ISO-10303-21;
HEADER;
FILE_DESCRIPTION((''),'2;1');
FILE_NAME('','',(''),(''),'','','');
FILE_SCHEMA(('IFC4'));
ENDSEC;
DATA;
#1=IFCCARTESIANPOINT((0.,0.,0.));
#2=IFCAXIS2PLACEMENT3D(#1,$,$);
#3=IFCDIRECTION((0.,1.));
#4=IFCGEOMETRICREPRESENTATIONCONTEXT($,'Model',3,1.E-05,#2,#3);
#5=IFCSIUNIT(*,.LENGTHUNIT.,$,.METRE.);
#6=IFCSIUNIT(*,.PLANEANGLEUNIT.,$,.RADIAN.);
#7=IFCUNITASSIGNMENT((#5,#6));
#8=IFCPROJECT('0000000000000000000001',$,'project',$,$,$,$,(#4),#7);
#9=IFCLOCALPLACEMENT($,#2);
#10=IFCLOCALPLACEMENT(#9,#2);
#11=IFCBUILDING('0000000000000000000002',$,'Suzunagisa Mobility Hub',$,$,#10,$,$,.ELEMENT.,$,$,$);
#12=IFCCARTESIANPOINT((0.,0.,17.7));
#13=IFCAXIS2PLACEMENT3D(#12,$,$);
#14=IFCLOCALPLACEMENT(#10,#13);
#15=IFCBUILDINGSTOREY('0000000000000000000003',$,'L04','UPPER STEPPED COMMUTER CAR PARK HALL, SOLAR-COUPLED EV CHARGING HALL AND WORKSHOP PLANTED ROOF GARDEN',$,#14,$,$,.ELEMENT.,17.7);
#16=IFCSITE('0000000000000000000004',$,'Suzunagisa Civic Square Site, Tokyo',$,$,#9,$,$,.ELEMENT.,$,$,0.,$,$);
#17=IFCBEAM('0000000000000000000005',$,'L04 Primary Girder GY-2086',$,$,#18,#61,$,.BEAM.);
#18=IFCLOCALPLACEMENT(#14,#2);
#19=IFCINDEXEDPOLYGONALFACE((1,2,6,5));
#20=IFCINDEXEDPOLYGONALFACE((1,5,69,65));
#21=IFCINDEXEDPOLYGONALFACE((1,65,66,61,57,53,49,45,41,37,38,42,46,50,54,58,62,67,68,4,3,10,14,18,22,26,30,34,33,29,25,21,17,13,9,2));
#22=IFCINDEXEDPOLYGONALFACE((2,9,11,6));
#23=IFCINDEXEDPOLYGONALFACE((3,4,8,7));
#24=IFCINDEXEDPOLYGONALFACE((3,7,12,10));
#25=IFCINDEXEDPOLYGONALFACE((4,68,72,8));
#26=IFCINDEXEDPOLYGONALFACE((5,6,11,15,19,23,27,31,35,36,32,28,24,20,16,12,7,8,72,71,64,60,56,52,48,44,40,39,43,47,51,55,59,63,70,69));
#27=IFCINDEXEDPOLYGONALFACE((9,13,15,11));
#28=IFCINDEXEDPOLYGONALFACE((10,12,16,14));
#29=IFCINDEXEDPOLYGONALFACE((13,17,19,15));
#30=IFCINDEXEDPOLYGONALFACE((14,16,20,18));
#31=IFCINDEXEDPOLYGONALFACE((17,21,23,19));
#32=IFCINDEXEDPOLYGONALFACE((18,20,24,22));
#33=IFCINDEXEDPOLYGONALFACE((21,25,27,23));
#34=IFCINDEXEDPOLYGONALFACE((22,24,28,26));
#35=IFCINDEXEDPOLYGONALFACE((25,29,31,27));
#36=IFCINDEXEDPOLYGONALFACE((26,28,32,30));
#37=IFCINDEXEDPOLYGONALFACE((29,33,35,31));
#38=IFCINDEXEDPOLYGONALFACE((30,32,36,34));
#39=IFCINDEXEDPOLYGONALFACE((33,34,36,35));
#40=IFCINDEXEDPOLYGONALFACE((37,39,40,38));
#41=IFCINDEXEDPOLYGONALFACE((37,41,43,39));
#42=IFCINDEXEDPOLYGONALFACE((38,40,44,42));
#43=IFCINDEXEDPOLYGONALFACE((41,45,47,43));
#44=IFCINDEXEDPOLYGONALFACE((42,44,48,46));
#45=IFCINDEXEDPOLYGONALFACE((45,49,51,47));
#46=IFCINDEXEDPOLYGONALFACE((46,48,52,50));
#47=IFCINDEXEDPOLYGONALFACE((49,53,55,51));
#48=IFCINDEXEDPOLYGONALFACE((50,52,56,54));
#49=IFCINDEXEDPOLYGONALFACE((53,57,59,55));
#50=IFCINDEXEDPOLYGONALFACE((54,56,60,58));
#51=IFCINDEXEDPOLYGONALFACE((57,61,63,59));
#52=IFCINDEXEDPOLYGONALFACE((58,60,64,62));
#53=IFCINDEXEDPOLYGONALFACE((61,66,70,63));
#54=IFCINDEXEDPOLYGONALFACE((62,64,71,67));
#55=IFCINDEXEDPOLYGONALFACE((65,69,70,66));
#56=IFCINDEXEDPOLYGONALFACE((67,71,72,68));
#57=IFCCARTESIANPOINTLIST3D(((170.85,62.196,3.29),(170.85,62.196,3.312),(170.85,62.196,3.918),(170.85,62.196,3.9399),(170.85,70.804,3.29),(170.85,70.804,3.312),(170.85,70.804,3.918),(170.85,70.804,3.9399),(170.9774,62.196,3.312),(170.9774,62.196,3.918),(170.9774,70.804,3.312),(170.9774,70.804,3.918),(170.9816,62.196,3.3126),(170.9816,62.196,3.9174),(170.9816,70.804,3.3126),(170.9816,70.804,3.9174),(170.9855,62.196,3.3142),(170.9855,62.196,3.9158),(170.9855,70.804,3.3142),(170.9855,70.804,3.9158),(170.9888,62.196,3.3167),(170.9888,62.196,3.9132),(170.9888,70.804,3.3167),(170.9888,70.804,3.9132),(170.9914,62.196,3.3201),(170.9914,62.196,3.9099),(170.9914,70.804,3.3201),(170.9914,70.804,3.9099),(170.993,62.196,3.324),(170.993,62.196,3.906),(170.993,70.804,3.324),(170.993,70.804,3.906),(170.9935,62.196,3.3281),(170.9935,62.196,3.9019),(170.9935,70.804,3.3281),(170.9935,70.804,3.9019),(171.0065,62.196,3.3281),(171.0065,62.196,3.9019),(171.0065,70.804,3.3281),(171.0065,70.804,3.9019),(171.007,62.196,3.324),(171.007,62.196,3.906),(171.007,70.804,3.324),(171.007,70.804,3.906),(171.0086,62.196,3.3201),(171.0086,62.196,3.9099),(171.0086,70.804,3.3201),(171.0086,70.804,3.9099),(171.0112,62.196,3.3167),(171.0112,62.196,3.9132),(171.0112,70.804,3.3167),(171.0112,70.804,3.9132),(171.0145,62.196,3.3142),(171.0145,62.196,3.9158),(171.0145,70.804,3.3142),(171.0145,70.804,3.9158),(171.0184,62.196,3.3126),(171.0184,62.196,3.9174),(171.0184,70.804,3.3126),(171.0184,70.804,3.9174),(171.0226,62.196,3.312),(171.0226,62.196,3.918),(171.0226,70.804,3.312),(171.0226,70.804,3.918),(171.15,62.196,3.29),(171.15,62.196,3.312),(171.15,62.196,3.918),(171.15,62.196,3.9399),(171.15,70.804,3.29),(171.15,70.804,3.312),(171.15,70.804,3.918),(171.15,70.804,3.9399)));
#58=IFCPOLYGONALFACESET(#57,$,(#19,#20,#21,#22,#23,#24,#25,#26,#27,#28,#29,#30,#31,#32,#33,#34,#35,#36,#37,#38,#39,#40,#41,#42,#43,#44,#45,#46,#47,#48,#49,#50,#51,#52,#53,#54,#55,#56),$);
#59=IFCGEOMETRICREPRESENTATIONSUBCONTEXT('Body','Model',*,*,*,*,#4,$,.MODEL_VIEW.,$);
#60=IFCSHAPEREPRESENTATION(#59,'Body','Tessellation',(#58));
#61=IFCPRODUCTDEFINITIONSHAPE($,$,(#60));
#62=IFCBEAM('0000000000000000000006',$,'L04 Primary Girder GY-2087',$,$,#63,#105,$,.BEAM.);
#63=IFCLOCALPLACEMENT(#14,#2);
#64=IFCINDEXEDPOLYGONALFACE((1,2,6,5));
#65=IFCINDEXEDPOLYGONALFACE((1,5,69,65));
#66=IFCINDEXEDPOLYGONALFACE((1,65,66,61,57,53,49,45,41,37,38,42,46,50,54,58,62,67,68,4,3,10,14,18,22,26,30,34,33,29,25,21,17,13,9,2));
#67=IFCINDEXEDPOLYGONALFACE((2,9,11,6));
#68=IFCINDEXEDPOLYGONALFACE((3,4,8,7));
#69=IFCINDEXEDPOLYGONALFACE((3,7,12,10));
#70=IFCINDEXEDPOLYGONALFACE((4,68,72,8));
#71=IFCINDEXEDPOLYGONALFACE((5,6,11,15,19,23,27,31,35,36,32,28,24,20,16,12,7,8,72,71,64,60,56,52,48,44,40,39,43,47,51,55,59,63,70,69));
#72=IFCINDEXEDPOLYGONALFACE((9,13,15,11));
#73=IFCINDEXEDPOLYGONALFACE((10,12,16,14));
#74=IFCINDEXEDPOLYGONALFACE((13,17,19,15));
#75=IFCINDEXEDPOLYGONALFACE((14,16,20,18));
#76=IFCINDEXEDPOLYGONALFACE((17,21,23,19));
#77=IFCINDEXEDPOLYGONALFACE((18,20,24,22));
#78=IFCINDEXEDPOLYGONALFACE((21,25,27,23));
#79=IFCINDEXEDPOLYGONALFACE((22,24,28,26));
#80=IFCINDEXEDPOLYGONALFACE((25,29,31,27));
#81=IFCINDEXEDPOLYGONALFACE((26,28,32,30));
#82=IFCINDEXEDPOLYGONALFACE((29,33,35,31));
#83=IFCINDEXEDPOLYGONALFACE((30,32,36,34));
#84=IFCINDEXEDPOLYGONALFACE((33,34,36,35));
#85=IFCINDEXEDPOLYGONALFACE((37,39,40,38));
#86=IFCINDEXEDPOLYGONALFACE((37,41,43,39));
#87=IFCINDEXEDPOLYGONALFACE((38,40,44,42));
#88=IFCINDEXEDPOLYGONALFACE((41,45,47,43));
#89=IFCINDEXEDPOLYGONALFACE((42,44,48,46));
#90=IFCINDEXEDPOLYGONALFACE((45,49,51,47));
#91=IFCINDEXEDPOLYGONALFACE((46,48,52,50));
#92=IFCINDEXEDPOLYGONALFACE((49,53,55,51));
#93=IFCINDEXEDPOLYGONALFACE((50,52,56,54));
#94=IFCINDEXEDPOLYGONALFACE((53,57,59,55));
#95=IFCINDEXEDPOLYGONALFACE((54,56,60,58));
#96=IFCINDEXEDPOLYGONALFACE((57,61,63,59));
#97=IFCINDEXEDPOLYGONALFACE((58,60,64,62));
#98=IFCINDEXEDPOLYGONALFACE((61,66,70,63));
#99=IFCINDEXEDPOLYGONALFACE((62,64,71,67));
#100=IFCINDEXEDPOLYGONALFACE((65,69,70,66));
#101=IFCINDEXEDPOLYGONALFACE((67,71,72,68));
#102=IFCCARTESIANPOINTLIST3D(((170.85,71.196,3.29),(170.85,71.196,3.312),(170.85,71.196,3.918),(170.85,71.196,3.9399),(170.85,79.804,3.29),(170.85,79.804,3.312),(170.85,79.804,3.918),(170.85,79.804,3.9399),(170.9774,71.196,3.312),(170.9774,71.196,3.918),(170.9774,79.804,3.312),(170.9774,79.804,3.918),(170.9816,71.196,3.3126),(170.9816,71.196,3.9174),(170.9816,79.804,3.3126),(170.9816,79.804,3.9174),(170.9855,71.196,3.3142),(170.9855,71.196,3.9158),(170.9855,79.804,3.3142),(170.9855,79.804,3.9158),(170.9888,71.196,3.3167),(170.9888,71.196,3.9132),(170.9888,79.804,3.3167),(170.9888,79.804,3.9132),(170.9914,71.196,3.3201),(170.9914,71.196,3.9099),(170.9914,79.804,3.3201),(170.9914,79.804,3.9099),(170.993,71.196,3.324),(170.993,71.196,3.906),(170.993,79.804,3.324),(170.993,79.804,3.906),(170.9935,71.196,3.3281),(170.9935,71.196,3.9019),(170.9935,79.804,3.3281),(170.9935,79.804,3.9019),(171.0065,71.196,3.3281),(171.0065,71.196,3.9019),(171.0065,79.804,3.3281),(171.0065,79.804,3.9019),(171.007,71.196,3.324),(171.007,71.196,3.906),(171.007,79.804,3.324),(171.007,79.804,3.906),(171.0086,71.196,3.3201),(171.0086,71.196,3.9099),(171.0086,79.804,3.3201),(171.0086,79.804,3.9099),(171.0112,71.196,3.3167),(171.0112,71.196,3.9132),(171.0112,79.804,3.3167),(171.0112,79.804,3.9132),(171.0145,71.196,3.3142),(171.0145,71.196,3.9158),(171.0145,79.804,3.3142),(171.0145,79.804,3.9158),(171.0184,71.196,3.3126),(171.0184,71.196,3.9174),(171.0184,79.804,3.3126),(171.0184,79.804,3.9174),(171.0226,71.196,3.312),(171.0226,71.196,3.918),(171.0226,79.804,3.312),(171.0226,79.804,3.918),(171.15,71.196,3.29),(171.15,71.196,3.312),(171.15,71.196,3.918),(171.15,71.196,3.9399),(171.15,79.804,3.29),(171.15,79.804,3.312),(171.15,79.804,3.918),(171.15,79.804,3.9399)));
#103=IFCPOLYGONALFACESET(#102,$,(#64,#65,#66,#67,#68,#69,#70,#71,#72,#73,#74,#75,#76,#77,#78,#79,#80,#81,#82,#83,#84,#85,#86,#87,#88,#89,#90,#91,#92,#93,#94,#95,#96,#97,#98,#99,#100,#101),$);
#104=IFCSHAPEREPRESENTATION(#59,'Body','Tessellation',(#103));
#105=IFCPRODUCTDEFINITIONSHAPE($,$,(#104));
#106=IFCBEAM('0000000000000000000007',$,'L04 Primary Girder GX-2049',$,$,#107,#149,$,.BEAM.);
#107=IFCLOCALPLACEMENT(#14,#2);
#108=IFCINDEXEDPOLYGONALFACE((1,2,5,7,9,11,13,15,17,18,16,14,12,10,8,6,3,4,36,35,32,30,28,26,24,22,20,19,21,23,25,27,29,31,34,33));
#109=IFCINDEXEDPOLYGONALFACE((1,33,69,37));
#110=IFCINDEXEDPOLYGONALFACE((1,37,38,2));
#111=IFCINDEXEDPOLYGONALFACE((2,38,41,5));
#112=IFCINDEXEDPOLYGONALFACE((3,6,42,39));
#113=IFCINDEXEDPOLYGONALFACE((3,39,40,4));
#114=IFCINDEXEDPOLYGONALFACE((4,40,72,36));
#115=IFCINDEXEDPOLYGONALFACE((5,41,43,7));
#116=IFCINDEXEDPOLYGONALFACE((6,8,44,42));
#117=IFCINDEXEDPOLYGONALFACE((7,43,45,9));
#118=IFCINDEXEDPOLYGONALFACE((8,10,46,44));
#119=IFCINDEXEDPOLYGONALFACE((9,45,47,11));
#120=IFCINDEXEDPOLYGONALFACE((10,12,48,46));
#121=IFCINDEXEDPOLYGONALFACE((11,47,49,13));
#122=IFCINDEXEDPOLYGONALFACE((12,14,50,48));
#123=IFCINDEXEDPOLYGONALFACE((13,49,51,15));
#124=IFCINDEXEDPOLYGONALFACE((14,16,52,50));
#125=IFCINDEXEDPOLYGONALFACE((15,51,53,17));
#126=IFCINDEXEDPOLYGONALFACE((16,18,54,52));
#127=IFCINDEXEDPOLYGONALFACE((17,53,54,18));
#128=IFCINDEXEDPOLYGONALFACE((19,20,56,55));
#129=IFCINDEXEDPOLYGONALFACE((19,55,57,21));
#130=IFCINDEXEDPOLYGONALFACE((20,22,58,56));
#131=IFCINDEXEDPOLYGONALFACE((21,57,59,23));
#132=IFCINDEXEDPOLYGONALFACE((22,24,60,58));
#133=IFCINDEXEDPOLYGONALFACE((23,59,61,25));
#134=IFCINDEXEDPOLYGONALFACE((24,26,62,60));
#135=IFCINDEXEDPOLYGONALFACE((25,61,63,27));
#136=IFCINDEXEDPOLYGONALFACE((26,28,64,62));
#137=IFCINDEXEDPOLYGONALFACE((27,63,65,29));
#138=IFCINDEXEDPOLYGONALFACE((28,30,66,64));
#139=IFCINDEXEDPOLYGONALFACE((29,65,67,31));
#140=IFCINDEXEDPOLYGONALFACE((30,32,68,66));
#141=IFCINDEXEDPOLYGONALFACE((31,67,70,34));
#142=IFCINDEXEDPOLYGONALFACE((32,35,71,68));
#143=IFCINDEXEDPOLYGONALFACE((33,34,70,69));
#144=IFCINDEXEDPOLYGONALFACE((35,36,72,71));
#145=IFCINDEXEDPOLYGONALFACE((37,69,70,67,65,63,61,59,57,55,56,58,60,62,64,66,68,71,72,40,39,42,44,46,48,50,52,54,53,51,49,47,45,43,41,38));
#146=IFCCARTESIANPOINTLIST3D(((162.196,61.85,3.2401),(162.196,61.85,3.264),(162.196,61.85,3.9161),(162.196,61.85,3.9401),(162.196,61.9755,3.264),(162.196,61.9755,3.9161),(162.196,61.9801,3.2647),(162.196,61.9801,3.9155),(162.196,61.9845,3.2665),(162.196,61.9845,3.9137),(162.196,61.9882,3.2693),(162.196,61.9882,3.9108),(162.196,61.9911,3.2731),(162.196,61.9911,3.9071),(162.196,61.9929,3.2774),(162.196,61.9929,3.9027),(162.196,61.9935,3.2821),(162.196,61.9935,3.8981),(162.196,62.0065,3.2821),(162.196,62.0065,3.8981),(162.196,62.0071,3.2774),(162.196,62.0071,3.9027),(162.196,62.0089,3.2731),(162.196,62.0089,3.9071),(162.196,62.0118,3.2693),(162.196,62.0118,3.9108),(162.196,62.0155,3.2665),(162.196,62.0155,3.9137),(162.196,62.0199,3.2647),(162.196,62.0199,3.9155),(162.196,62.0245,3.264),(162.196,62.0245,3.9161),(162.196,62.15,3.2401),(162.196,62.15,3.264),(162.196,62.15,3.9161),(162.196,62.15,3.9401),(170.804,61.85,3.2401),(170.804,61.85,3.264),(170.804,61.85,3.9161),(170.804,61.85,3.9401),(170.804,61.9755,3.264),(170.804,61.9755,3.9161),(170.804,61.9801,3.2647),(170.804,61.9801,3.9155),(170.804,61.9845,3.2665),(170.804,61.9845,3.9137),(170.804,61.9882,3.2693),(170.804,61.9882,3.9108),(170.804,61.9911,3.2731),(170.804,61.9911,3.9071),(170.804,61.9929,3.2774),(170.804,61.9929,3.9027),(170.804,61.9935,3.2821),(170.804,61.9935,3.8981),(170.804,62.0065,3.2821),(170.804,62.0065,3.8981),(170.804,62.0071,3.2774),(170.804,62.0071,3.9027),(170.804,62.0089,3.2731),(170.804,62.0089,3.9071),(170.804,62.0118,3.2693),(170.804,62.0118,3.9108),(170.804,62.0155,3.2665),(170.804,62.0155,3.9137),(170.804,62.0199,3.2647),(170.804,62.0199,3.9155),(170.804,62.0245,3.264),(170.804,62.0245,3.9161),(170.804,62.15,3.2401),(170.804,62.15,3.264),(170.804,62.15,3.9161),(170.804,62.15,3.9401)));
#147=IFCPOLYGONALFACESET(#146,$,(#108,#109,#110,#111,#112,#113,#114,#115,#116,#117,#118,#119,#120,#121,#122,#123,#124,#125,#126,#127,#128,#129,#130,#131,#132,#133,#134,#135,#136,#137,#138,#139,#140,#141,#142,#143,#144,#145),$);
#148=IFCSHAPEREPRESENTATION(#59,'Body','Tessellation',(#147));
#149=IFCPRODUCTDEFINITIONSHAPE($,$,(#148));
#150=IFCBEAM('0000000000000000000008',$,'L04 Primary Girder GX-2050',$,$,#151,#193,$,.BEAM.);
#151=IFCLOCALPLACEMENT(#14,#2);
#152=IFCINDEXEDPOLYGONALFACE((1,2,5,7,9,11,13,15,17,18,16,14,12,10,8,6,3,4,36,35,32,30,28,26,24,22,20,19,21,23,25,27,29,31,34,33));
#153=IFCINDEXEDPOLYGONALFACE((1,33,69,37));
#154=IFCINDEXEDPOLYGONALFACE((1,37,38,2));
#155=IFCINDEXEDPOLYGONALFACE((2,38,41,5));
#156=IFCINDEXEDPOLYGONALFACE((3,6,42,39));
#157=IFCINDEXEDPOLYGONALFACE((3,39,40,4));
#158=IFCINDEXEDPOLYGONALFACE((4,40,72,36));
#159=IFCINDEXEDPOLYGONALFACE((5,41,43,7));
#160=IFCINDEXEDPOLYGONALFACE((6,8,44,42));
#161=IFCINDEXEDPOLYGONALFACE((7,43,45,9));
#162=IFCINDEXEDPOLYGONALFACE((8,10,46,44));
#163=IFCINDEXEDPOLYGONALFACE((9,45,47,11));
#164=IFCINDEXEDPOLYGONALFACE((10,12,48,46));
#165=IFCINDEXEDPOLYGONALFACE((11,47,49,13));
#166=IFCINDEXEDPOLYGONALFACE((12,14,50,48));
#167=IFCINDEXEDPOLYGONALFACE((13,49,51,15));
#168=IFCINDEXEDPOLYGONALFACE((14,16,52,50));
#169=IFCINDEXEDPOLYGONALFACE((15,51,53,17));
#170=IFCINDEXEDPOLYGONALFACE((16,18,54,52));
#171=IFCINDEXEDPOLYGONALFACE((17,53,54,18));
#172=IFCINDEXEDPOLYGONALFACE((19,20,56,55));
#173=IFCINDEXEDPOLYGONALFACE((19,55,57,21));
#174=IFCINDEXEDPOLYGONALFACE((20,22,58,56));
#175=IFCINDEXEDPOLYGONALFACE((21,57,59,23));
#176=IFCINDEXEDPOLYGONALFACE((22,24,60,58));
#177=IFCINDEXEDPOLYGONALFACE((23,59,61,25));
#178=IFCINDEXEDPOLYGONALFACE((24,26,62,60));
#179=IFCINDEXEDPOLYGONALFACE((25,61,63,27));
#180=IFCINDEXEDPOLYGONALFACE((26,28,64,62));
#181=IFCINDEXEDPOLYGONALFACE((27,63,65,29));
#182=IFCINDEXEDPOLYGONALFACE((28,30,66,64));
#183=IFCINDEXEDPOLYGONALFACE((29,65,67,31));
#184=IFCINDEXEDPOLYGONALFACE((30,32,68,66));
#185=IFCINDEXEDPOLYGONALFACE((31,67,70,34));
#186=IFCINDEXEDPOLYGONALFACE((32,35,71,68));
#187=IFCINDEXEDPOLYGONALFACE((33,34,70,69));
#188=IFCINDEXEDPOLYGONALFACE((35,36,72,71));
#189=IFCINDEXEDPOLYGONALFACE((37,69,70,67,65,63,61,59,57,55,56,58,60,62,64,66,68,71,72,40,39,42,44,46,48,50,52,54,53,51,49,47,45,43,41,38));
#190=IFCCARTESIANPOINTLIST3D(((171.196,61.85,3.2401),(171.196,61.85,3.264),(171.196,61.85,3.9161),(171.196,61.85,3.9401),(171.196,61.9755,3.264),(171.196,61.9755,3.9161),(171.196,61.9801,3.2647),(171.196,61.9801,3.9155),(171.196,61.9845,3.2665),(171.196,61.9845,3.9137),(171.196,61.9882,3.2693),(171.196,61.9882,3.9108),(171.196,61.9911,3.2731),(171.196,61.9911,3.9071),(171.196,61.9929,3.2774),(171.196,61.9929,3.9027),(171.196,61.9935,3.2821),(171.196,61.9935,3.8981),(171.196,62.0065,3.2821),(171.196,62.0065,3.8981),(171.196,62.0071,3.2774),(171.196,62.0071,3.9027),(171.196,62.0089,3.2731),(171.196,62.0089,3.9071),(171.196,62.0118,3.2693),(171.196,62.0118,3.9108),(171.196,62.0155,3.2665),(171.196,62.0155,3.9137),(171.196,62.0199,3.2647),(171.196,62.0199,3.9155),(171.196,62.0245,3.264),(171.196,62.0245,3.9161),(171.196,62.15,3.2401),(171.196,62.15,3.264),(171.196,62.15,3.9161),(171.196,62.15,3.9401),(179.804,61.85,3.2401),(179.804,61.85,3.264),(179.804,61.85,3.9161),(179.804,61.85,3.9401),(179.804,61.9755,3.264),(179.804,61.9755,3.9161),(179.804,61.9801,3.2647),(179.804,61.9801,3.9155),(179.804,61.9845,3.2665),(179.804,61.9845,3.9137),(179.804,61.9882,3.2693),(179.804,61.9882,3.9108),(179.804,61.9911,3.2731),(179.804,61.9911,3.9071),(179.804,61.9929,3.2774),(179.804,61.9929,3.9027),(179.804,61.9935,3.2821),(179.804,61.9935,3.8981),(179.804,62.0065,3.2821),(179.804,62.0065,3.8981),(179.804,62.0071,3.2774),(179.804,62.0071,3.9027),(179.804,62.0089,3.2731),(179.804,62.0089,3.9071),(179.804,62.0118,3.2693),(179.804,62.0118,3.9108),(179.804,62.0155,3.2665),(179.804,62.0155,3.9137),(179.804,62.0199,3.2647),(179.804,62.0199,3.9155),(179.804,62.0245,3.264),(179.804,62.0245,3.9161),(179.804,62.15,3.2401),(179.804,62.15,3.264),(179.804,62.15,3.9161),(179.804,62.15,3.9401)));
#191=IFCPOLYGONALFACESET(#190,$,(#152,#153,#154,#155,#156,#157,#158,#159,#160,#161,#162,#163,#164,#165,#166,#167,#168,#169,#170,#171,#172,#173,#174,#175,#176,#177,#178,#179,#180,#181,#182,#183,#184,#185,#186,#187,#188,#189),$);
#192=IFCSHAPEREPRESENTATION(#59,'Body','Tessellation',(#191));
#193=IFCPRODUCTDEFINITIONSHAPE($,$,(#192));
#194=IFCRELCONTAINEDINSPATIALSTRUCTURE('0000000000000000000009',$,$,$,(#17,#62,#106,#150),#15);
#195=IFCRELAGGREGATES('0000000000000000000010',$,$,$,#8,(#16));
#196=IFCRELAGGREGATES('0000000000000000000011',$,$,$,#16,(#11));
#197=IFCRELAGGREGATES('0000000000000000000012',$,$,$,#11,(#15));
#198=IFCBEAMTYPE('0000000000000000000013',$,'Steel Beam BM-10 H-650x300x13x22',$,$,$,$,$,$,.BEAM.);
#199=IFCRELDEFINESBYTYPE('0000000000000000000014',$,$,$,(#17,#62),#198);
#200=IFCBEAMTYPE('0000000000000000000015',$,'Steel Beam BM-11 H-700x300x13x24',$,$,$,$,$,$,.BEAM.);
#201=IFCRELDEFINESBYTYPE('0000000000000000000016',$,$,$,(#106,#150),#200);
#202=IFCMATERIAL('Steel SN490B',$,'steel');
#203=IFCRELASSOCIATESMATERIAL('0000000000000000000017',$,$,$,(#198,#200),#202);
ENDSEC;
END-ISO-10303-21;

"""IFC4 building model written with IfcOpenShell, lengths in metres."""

from ifc_helpers import new_model, si_unit, direction, frame, origin, origin_2d, place, context, subcontext, project, spatial, i_section, extrude, material, material_profile, profile_set, type_object, element, save


model = new_model("IFC4")

# Units and contexts
model_context = context("Model", 3, precision=1e-05, world=origin(), true_north=direction((0.0, 1.0)))
body_context = subcontext(model_context, "Body", "Model", "MODEL_VIEW")
ifc_project = project(units=[si_unit("LENGTHUNIT", "METRE"), si_unit("PLANEANGLEUNIT", "RADIAN")], contexts=[model_context])

# Site, building, storey
site_placement = place(None, origin())
site = spatial("IfcSite", under=ifc_project, at=site_placement, Name="Suzunagisa Civic Square Site, Tokyo", CompositionType="ELEMENT", RefElevation=0.0)
building_placement = place(site_placement, origin())
building = spatial("IfcBuilding", under=site, at=building_placement, Name="Suzunagisa Mobility Hub", CompositionType="ELEMENT")
storey_placement = place(building_placement, frame((0.0, 0.0, 17.7)))
storey = spatial("IfcBuildingStorey", under=building, at=storey_placement, Name="L04", Description="UPPER STEPPED COMMUTER CAR PARK HALL, SOLAR-COUPLED EV CHARGING HALL AND WORKSHOP PLANTED ROOF GARDEN", CompositionType="ELEMENT", Elevation=17.7)

# Shared definitions
ifc_material_1 = material(Name="Steel SN490B", Category="steel")

# Beams
ifc_material_profile_1 = material_profile(ifc_material_1, i_section(OverallWidth=0.3, OverallDepth=0.6499, WebThickness=0.0129, FlangeThickness=0.022, FilletRadius=0.0161, at=origin_2d()), Name="H-650x300x13x22")
ifc_profile_set_1 = profile_set([ifc_material_profile_1], Name="Steel SN490B")
beam_type_1 = type_object("IfcBeamType", Name="Steel Beam BM-10 H-650x300x13x22", PredefinedType="BEAM", material=ifc_profile_set_1)
for number, where, z_axis, x_axis, name in (
    (1, (171.0, 62.196, 3.615), (0.0, 1.0, 0.0), (-1.0, 0.0, 0.0), "L04 Primary Girder GY-2086"),
    (2, (171.0, 71.196, 3.615), (0.0, 1.0, 0.0), (-1.0, 0.0, 0.0), "L04 Primary Girder GY-2087"),
):
    element("IfcBeam", number, at=place(storey_placement, frame(where, z_axis=z_axis, x_axis=x_axis)), inside=storey, type_object=beam_type_1, Name=name, PredefinedType="BEAM", context=body_context, shape_type="SweptSolid", body=[
        extrude(i_section(OverallWidth=0.3, OverallDepth=0.6499, WebThickness=0.0129, FlangeThickness=0.022, FilletRadius=0.0161, at=origin_2d()), origin(), (0.0, 0.0, 1.0), 8.6079),
    ])
ifc_material_profile_2 = material_profile(ifc_material_1, i_section(OverallWidth=0.3, OverallDepth=0.7, WebThickness=0.0129, FlangeThickness=0.0239, FilletRadius=0.0181, at=origin_2d()), Name="H-700x300x13x24")
ifc_profile_set_2 = profile_set([ifc_material_profile_2], Name="Steel SN490B")
beam_type_2 = type_object("IfcBeamType", Name="Steel Beam BM-11 H-700x300x13x24", PredefinedType="BEAM", material=ifc_profile_set_2)
for number, where, z_axis, x_axis, name in (
    (3, (162.196, 62.0, 3.5901), (1.0, 0.0, 0.0), (0.0, 1.0, 0.0), "L04 Primary Girder GX-2049"),
    (4, (171.196, 62.0, 3.5901), (1.0, 0.0, 0.0), (0.0, 1.0, 0.0), "L04 Primary Girder GX-2050"),
):
    element("IfcBeam", number, at=place(storey_placement, frame(where, z_axis=z_axis, x_axis=x_axis)), inside=storey, type_object=beam_type_2, Name=name, PredefinedType="BEAM", context=body_context, shape_type="SweptSolid", body=[
        extrude(i_section(OverallWidth=0.3, OverallDepth=0.7, WebThickness=0.0129, FlangeThickness=0.0239, FilletRadius=0.0181, at=origin_2d()), origin(), (0.0, 0.0, 1.0), 8.6079),
    ])

save(model, "model.ifc")
